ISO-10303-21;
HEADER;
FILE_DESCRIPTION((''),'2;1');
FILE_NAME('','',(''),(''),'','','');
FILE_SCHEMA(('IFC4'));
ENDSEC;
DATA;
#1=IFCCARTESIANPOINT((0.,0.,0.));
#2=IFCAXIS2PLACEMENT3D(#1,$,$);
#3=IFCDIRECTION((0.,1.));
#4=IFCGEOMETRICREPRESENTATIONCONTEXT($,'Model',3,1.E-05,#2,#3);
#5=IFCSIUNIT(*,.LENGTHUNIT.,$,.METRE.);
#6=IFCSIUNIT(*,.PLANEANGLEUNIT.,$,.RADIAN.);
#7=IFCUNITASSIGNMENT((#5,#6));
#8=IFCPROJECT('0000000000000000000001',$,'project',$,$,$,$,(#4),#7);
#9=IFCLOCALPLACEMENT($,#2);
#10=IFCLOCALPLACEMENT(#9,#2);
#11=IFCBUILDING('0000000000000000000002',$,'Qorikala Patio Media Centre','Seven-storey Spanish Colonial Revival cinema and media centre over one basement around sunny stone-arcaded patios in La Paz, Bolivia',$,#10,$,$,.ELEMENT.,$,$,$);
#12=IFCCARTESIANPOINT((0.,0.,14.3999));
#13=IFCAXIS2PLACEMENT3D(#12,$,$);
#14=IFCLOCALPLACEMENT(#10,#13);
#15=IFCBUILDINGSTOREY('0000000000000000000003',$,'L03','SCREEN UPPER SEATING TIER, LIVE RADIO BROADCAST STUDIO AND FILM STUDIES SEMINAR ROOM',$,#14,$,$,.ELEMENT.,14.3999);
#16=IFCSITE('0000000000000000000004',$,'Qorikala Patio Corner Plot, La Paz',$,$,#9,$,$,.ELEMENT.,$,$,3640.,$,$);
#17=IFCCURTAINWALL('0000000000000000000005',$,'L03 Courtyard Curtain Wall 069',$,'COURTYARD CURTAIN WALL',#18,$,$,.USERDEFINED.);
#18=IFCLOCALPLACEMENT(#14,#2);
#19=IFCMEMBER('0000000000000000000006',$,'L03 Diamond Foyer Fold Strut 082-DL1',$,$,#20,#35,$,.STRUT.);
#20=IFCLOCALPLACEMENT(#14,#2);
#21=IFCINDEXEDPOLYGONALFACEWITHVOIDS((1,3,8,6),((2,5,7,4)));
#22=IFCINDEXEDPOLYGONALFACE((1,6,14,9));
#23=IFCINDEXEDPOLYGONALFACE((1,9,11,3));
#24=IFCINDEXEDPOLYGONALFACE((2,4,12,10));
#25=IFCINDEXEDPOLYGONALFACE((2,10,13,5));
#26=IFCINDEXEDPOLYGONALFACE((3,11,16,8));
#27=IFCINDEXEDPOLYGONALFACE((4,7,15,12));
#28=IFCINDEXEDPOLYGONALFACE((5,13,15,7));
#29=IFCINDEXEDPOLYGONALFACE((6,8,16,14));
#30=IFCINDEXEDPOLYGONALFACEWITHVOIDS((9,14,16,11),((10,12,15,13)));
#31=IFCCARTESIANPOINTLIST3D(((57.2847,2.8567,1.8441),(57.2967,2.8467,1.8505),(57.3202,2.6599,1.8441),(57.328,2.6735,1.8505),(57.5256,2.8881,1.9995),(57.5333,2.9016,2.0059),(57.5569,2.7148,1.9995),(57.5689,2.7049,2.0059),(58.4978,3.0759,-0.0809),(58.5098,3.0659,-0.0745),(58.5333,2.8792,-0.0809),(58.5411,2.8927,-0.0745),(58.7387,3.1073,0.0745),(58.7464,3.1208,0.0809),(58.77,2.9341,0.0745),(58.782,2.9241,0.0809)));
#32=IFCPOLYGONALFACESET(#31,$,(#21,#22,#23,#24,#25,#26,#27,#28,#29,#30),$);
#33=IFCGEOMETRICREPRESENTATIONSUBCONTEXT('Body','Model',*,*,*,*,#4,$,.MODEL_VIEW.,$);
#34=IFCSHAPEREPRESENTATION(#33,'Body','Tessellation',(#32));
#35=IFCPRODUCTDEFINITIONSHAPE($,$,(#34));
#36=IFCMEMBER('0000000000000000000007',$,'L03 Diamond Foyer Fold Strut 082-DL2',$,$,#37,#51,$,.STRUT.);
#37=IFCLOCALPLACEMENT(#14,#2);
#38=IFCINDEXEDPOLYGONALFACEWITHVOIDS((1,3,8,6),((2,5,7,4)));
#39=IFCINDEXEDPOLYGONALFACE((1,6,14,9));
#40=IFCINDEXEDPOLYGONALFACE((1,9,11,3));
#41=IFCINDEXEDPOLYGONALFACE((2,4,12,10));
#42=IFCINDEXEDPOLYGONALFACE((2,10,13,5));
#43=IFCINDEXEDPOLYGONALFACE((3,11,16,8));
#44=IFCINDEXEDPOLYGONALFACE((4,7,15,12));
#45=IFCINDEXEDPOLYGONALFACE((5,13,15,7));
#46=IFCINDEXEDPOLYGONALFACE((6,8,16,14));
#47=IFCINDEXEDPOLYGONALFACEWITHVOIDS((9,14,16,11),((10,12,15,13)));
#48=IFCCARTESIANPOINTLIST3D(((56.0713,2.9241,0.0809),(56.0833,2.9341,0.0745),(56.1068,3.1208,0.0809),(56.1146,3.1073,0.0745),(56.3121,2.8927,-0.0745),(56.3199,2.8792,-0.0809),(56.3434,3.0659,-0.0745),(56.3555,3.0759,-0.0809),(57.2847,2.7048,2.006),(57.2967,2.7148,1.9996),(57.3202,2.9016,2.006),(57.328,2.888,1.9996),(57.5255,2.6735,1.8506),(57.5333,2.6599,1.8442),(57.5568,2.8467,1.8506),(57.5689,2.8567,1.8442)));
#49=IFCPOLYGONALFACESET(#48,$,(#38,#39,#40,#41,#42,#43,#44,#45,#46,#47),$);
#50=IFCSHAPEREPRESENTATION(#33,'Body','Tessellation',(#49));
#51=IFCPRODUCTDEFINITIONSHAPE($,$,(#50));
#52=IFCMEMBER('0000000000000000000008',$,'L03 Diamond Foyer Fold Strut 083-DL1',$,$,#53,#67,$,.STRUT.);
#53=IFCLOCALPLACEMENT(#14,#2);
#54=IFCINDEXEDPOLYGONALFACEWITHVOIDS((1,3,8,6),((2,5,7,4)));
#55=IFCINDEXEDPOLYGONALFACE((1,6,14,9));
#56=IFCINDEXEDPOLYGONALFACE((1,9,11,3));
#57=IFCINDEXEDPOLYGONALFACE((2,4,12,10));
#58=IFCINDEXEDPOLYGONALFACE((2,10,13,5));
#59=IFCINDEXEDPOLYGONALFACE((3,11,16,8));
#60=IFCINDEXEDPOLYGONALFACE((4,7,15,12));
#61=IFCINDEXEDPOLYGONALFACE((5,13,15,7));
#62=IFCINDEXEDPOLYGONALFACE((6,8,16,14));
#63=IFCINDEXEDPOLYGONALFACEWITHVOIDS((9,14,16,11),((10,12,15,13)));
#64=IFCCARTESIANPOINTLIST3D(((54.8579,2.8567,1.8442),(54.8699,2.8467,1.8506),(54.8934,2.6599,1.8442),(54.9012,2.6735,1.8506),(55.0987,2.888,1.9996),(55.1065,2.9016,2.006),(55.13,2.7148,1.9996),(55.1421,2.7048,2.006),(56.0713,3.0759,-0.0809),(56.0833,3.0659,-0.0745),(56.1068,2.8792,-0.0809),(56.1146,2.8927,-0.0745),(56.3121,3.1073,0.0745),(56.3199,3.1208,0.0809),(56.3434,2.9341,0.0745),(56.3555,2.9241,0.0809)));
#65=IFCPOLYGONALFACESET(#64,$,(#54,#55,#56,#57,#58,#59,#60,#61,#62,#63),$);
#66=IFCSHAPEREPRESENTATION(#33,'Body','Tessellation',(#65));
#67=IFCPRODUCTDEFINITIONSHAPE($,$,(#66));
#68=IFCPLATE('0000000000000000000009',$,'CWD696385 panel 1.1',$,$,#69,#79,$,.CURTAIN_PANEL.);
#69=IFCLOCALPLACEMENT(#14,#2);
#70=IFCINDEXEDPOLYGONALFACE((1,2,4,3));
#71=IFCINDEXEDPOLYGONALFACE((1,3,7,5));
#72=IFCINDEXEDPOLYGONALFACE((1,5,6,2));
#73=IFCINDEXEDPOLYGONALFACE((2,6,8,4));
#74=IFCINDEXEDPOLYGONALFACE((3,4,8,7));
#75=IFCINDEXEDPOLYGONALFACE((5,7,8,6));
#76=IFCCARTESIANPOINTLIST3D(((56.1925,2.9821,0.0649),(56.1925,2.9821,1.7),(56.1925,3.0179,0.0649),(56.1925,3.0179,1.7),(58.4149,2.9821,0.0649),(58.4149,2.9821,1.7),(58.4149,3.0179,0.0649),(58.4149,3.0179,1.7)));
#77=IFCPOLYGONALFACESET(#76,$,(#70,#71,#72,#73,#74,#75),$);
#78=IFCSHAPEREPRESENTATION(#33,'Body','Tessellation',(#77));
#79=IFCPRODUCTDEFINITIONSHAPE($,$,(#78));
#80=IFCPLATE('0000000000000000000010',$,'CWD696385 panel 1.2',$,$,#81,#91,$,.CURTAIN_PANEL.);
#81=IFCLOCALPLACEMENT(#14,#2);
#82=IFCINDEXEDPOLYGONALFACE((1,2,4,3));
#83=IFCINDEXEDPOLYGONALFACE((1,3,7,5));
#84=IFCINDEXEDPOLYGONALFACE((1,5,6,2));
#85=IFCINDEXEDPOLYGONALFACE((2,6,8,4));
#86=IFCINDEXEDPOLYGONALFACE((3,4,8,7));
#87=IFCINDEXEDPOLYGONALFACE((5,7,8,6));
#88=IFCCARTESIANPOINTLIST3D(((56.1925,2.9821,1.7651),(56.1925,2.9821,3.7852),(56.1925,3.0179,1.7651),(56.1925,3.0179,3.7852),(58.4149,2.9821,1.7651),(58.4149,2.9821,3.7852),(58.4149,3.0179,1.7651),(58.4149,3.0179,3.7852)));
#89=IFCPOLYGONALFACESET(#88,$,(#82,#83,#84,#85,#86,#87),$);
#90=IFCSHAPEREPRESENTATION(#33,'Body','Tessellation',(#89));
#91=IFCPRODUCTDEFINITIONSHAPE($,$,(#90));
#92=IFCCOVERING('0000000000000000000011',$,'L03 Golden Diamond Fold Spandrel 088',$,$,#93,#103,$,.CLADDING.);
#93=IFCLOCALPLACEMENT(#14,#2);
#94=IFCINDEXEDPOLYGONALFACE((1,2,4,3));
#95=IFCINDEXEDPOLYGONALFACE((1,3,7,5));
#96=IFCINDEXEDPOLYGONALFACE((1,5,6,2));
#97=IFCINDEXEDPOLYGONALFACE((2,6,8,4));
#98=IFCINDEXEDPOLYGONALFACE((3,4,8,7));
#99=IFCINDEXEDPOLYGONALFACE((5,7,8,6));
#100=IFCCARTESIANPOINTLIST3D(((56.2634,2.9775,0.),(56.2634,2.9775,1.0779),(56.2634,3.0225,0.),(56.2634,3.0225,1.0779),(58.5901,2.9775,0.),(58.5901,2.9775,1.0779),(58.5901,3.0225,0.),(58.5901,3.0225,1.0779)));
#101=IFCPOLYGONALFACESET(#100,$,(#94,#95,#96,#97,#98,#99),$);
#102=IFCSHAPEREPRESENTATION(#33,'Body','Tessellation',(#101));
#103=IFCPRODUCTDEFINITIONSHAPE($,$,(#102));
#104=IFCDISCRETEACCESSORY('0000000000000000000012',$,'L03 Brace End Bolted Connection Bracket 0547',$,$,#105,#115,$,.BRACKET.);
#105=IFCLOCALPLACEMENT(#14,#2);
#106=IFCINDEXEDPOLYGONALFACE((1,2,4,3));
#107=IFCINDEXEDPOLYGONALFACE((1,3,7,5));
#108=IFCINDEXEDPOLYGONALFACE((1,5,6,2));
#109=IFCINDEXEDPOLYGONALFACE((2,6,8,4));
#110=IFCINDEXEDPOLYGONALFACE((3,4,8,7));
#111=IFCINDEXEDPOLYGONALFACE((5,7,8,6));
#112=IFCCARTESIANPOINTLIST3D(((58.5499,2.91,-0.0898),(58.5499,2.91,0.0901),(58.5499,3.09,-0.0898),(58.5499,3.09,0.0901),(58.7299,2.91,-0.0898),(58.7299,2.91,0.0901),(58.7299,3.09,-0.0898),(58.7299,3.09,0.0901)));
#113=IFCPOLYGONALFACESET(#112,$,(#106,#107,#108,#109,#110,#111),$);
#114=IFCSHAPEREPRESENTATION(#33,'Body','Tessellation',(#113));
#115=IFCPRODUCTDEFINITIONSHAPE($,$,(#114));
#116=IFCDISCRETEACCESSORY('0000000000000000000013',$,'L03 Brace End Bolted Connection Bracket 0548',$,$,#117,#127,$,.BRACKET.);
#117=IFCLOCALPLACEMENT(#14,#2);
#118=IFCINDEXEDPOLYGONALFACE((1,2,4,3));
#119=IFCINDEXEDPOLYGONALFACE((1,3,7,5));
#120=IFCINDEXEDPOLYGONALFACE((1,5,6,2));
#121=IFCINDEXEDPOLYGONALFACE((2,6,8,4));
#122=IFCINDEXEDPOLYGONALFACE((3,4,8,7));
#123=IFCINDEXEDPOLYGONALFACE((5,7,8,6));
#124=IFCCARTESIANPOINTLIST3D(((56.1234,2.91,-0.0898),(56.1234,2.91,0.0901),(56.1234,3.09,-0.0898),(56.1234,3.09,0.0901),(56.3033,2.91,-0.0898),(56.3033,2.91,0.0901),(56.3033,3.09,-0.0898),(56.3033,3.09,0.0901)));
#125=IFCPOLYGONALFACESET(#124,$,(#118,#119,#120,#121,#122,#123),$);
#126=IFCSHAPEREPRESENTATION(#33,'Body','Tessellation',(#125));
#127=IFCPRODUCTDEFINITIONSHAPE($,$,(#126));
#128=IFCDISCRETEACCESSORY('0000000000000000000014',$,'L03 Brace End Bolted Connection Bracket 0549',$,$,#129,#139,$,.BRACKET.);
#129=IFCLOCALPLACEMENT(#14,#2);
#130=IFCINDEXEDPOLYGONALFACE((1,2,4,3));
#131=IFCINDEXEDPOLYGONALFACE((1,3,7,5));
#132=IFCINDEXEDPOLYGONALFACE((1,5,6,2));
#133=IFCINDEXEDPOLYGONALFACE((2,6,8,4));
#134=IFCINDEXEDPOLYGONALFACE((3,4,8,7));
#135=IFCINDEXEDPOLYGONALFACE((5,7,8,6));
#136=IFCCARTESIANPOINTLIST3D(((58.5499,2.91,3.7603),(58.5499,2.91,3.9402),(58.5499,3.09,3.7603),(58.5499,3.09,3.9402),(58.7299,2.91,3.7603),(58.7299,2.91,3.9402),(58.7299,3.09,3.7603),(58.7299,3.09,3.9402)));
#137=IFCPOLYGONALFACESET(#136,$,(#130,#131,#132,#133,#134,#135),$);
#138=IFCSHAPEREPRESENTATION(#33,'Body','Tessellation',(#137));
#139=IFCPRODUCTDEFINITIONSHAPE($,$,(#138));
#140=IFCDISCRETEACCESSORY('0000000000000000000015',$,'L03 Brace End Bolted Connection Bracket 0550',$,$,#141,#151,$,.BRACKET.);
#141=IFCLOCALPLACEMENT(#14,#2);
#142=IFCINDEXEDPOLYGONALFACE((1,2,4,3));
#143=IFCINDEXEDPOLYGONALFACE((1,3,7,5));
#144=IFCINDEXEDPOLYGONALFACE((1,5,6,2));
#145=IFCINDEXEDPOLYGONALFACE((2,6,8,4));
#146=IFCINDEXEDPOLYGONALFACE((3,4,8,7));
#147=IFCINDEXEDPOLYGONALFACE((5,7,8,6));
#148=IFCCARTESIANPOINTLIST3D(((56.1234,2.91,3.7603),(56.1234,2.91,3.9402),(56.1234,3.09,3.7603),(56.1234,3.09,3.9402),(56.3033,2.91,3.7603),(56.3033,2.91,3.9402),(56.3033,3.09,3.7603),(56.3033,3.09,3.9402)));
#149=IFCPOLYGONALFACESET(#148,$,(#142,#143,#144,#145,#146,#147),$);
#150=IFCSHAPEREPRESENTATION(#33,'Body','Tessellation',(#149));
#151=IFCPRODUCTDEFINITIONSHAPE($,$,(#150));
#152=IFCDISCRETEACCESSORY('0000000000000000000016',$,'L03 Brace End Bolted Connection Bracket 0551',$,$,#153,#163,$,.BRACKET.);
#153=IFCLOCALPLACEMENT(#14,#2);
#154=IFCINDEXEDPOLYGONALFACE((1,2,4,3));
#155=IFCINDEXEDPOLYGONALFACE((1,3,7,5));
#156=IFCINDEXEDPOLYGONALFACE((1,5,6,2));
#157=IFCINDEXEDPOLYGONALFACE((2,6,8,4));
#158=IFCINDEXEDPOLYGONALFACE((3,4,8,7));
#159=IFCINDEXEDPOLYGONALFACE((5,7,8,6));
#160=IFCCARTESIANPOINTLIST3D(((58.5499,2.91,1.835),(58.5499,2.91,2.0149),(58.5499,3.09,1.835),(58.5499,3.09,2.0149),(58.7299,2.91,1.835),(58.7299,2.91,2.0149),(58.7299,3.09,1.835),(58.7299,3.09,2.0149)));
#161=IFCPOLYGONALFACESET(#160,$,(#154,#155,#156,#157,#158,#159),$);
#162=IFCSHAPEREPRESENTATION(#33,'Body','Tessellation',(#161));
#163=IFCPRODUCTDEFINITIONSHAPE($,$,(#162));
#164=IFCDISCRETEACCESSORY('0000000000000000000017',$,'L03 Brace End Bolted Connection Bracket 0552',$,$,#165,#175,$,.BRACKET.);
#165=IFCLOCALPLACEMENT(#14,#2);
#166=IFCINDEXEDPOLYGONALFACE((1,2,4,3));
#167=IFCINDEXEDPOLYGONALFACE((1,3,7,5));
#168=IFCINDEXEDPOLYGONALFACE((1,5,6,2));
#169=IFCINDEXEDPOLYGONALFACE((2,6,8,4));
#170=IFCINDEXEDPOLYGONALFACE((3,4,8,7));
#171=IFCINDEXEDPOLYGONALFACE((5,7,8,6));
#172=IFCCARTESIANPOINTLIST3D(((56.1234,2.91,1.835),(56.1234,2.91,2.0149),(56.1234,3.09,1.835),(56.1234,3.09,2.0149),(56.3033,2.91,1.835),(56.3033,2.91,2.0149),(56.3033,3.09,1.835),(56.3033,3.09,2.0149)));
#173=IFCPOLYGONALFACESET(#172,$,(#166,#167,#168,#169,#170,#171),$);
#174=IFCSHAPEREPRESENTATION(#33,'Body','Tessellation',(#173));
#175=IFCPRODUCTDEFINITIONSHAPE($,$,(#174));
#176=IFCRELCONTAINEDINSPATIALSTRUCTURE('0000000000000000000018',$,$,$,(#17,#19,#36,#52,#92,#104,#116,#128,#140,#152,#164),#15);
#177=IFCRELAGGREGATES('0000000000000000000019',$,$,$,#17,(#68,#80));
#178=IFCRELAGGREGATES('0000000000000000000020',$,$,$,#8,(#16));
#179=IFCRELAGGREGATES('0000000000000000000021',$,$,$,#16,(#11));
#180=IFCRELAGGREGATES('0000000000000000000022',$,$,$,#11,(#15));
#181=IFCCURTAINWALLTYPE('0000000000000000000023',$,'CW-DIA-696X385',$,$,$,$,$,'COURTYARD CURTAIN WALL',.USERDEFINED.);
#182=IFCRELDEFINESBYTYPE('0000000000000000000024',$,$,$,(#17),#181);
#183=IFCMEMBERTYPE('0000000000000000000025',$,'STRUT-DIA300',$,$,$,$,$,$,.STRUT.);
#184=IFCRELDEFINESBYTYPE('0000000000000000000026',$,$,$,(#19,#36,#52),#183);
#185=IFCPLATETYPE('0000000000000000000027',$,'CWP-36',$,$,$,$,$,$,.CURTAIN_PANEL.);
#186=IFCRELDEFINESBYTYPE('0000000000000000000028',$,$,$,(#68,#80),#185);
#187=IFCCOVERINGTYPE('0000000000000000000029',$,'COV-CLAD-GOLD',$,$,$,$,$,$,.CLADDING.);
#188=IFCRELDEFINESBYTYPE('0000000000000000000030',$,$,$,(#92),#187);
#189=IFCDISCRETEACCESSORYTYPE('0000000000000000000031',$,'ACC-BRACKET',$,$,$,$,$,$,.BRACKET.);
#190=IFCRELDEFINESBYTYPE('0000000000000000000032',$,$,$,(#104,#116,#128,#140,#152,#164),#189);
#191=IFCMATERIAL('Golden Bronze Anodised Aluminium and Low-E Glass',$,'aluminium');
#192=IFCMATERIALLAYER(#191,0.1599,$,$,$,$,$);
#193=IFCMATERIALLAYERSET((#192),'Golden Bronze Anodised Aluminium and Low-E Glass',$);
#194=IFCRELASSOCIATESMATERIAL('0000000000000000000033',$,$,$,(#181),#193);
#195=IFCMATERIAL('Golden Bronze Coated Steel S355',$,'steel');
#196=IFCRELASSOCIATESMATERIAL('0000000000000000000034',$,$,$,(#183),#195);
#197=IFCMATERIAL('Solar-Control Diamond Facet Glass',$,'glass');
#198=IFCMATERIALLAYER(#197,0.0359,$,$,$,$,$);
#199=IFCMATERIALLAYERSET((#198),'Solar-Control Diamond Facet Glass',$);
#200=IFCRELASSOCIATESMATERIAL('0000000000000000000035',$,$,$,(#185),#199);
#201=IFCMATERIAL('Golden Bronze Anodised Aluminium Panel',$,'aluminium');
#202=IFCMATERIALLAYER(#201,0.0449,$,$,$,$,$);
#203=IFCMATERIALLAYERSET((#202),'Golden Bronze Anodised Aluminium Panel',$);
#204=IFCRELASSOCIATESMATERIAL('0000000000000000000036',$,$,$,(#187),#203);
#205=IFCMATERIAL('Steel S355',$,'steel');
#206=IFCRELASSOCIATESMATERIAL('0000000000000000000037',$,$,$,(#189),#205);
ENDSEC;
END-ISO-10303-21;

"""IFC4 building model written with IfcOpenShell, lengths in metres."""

from ifc_helpers import new_model, si_unit, direction, frame, origin, origin_2d, place, context, subcontext, project, spatial, rectangle, hollow_rectangle, extrude, material, layer, layer_set, material_profile, profile_set, type_object, element, aggregate, save


model = new_model("IFC4")

# Units and contexts
model_context = context("Model", 3, precision=1e-05, world=origin(), true_north=direction((0.0, 1.0)))
body_context = subcontext(model_context, "Body", "Model", "MODEL_VIEW")
ifc_project = project(units=[si_unit("LENGTHUNIT", "METRE"), si_unit("PLANEANGLEUNIT", "RADIAN")], contexts=[model_context])

# Site, building, storey
site_placement = place(None, origin())
site = spatial("IfcSite", under=ifc_project, at=site_placement, Name="Qorikala Patio Corner Plot, La Paz", CompositionType="ELEMENT", RefElevation=3640.0)
building_placement = place(site_placement, origin())
building = spatial("IfcBuilding", under=site, at=building_placement, Name="Qorikala Patio Media Centre", Description="Seven-storey Spanish Colonial Revival cinema and media centre over one basement around sunny stone-arcaded patios in La Paz, Bolivia", CompositionType="ELEMENT")
storey_placement = place(building_placement, frame((0.0, 0.0, 14.3999)))
storey = spatial("IfcBuildingStorey", under=building, at=storey_placement, Name="L03", Description="SCREEN UPPER SEATING TIER, LIVE RADIO BROADCAST STUDIO AND FILM STUDIES SEMINAR ROOM", CompositionType="ELEMENT", Elevation=14.3999)

# Shared definitions
ifc_material_1 = material(Name="Golden Bronze Coated Steel S355", Category="steel")

# Curtain wall
ifc_material_2 = material(Name="Golden Bronze Anodised Aluminium and Low-E Glass", Category="aluminium")
ifc_layer_1 = layer(ifc_material_2, 0.1599)
ifc_layer_set_1 = layer_set([ifc_layer_1], Name="Golden Bronze Anodised Aluminium and Low-E Glass")
curtain_wall_type = type_object("IfcCurtainWallType", Name="CW-DIA-696X385", ElementType="COURTYARD CURTAIN WALL", PredefinedType="USERDEFINED", material=ifc_layer_set_1)
curtain_wall_placement = place(storey_placement, origin())
curtain_wall = element("IfcCurtainWall", 1, at=curtain_wall_placement, inside=storey, type_object=curtain_wall_type, Name="L03 Courtyard Curtain Wall 069", ObjectType="COURTYARD CURTAIN WALL", PredefinedType="USERDEFINED")

# Members
ifc_material_profile_1 = material_profile(ifc_material_1, hollow_rectangle(XDim=0.2, YDim=0.3, WallThickness=0.012, at=origin_2d()), Name="HSS300X200X12")
ifc_profile_set_1 = profile_set([ifc_material_profile_1], Name="Golden Bronze Coated Steel S355")
member_type_1 = type_object("IfcMemberType", Name="STRUT-DIA300", PredefinedType="STRUT", material=ifc_profile_set_1)
member_1_placement = place(storey_placement, frame((58.6399, 3.0, 0.0), z_axis=(-0.530691, -0.095907, 0.842121), x_axis=(0.17784, -0.984059, 0.0)))
element("IfcMember", 2, at=member_1_placement, inside=storey, type_object=member_type_1, Name="L03 Diamond Foyer Fold Strut 082-DL1", PredefinedType="STRUT", context=body_context, shape_type="SweptSolid", body=[
    extrude(hollow_rectangle(XDim=0.2, YDim=0.3, WallThickness=0.012, at=origin_2d()), origin(), (0.0, 0.0, 1.0), 2.2859),
])
for number, where, z_axis, x_axis, name in (
    (3, (56.2134, 3.0, 0.0), (0.530768, -0.095901, 0.842074), (0.177805, 0.984066, 0.0), "L03 Diamond Foyer Fold Strut 082-DL2"),
    (4, (56.2134, 3.0, 0.0), (-0.530768, -0.095901, 0.842074), (0.177805, -0.984066, 0.0), "L03 Diamond Foyer Fold Strut 083-DL1"),
):
    element("IfcMember", number, at=place(storey_placement, frame(where, z_axis=z_axis, x_axis=x_axis)), inside=storey, type_object=member_type_1, Name=name, PredefinedType="STRUT", context=body_context, shape_type="SweptSolid", body=[
        extrude(hollow_rectangle(XDim=0.2, YDim=0.3, WallThickness=0.012, at=origin_2d()), origin(), (0.0, 0.0, 1.0), 2.2861),
    ])

# Plates
ifc_material_3 = material(Name="Solar-Control Diamond Facet Glass", Category="glass")
ifc_layer_2 = layer(ifc_material_3, 0.0359)
ifc_layer_set_2 = layer_set([ifc_layer_2], Name="Solar-Control Diamond Facet Glass")
plate_type = type_object("IfcPlateType", Name="CWP-36", PredefinedType="CURTAIN_PANEL", material=ifc_layer_set_2)
plate_1_placement = place(storey_placement, frame((57.3037, 3.0, 0.0649), z_axis=(0.0, 0.0, 1.0), x_axis=(-1.0, 0.0, 0.0)))
plate_1 = element("IfcPlate", 5, at=plate_1_placement, type_object=plate_type, Name="CWD696385 panel 1.1", PredefinedType="CURTAIN_PANEL", context=body_context, shape_type="SweptSolid", body=[
    extrude(rectangle(XDim=2.2224, YDim=0.0359, at=origin_2d()), origin(), (0.0, 0.0, 1.0), 1.635),
])
plate_2_placement = place(storey_placement, frame((57.3037, 3.0, 1.7651), z_axis=(0.0, 0.0, 1.0), x_axis=(-1.0, 0.0, 0.0)))
plate_2 = element("IfcPlate", 6, at=plate_2_placement, type_object=plate_type, Name="CWD696385 panel 1.2", PredefinedType="CURTAIN_PANEL", context=body_context, shape_type="SweptSolid", body=[
    extrude(rectangle(XDim=2.2224, YDim=0.0359, at=origin_2d()), origin(), (0.0, 0.0, 1.0), 2.02),
])
aggregate(curtain_wall, [plate_1, plate_2])

# Covering
ifc_material_4 = material(Name="Golden Bronze Anodised Aluminium Panel", Category="aluminium")
ifc_layer_3 = layer(ifc_material_4, 0.0449)
ifc_layer_set_3 = layer_set([ifc_layer_3], Name="Golden Bronze Anodised Aluminium Panel")
covering_type = type_object("IfcCoveringType", Name="COV-CLAD-GOLD", PredefinedType="CLADDING", material=ifc_layer_set_3)
covering_placement = place(storey_placement, frame((57.4268, 3.0, 0.0), z_axis=(0.0, 0.0, 1.0), x_axis=(-1.0, 0.0, 0.0)))
element("IfcCovering", 7, at=covering_placement, inside=storey, type_object=covering_type, Name="L03 Golden Diamond Fold Spandrel 088", PredefinedType="CLADDING", context=body_context, shape_type="SweptSolid", body=[
    extrude(rectangle(XDim=2.3267, YDim=0.0449, at=origin_2d()), origin(), (0.0, 0.0, 1.0), 1.0779),
])

# Discrete accessories
ifc_material_5 = material(Name="Steel S355", Category="steel")
discrete_accessory_type = type_object("IfcDiscreteAccessoryType", Name="ACC-BRACKET", PredefinedType="BRACKET", material=ifc_material_5)
for number, where, z_axis, x_axis, name in (
    (8, (58.6399, 3.0, -0.0898), (0.0, 0.0, 1.0), (1.0, 0.0, 0.0), "L03 Brace End Bolted Connection Bracket 0547"),
    (9, (56.2134, 3.0, -0.0898), (0.0, 0.0, 1.0), (1.0, 0.0, 0.0), "L03 Brace End Bolted Connection Bracket 0548"),
    (10, (58.6399, 3.0, 3.7603), (0.0, 0.0, 1.0), (1.0, 0.0, 0.0), "L03 Brace End Bolted Connection Bracket 0549"),
    (11, (56.2134, 3.0, 3.7603), (0.0, 0.0, 1.0), (1.0, 0.0, 0.0), "L03 Brace End Bolted Connection Bracket 0550"),
    (12, (58.6399, 3.0, 1.835), (0.0, 0.0, 1.0), (1.0, 0.0, 0.0), "L03 Brace End Bolted Connection Bracket 0551"),
    (13, (56.2134, 3.0, 1.835), (0.0, 0.0, 1.0), (1.0, 0.0, 0.0), "L03 Brace End Bolted Connection Bracket 0552"),
):
    element("IfcDiscreteAccessory", number, at=place(storey_placement, frame(where, z_axis=z_axis, x_axis=x_axis)), inside=storey, type_object=discrete_accessory_type, Name=name, PredefinedType="BRACKET", context=body_context, shape_type="SweptSolid", body=[
        extrude(rectangle(XDim=0.1799, YDim=0.1799, at=origin_2d()), origin(), (0.0, 0.0, 1.0), 0.1799),
    ])

save(model, "model.ifc")
